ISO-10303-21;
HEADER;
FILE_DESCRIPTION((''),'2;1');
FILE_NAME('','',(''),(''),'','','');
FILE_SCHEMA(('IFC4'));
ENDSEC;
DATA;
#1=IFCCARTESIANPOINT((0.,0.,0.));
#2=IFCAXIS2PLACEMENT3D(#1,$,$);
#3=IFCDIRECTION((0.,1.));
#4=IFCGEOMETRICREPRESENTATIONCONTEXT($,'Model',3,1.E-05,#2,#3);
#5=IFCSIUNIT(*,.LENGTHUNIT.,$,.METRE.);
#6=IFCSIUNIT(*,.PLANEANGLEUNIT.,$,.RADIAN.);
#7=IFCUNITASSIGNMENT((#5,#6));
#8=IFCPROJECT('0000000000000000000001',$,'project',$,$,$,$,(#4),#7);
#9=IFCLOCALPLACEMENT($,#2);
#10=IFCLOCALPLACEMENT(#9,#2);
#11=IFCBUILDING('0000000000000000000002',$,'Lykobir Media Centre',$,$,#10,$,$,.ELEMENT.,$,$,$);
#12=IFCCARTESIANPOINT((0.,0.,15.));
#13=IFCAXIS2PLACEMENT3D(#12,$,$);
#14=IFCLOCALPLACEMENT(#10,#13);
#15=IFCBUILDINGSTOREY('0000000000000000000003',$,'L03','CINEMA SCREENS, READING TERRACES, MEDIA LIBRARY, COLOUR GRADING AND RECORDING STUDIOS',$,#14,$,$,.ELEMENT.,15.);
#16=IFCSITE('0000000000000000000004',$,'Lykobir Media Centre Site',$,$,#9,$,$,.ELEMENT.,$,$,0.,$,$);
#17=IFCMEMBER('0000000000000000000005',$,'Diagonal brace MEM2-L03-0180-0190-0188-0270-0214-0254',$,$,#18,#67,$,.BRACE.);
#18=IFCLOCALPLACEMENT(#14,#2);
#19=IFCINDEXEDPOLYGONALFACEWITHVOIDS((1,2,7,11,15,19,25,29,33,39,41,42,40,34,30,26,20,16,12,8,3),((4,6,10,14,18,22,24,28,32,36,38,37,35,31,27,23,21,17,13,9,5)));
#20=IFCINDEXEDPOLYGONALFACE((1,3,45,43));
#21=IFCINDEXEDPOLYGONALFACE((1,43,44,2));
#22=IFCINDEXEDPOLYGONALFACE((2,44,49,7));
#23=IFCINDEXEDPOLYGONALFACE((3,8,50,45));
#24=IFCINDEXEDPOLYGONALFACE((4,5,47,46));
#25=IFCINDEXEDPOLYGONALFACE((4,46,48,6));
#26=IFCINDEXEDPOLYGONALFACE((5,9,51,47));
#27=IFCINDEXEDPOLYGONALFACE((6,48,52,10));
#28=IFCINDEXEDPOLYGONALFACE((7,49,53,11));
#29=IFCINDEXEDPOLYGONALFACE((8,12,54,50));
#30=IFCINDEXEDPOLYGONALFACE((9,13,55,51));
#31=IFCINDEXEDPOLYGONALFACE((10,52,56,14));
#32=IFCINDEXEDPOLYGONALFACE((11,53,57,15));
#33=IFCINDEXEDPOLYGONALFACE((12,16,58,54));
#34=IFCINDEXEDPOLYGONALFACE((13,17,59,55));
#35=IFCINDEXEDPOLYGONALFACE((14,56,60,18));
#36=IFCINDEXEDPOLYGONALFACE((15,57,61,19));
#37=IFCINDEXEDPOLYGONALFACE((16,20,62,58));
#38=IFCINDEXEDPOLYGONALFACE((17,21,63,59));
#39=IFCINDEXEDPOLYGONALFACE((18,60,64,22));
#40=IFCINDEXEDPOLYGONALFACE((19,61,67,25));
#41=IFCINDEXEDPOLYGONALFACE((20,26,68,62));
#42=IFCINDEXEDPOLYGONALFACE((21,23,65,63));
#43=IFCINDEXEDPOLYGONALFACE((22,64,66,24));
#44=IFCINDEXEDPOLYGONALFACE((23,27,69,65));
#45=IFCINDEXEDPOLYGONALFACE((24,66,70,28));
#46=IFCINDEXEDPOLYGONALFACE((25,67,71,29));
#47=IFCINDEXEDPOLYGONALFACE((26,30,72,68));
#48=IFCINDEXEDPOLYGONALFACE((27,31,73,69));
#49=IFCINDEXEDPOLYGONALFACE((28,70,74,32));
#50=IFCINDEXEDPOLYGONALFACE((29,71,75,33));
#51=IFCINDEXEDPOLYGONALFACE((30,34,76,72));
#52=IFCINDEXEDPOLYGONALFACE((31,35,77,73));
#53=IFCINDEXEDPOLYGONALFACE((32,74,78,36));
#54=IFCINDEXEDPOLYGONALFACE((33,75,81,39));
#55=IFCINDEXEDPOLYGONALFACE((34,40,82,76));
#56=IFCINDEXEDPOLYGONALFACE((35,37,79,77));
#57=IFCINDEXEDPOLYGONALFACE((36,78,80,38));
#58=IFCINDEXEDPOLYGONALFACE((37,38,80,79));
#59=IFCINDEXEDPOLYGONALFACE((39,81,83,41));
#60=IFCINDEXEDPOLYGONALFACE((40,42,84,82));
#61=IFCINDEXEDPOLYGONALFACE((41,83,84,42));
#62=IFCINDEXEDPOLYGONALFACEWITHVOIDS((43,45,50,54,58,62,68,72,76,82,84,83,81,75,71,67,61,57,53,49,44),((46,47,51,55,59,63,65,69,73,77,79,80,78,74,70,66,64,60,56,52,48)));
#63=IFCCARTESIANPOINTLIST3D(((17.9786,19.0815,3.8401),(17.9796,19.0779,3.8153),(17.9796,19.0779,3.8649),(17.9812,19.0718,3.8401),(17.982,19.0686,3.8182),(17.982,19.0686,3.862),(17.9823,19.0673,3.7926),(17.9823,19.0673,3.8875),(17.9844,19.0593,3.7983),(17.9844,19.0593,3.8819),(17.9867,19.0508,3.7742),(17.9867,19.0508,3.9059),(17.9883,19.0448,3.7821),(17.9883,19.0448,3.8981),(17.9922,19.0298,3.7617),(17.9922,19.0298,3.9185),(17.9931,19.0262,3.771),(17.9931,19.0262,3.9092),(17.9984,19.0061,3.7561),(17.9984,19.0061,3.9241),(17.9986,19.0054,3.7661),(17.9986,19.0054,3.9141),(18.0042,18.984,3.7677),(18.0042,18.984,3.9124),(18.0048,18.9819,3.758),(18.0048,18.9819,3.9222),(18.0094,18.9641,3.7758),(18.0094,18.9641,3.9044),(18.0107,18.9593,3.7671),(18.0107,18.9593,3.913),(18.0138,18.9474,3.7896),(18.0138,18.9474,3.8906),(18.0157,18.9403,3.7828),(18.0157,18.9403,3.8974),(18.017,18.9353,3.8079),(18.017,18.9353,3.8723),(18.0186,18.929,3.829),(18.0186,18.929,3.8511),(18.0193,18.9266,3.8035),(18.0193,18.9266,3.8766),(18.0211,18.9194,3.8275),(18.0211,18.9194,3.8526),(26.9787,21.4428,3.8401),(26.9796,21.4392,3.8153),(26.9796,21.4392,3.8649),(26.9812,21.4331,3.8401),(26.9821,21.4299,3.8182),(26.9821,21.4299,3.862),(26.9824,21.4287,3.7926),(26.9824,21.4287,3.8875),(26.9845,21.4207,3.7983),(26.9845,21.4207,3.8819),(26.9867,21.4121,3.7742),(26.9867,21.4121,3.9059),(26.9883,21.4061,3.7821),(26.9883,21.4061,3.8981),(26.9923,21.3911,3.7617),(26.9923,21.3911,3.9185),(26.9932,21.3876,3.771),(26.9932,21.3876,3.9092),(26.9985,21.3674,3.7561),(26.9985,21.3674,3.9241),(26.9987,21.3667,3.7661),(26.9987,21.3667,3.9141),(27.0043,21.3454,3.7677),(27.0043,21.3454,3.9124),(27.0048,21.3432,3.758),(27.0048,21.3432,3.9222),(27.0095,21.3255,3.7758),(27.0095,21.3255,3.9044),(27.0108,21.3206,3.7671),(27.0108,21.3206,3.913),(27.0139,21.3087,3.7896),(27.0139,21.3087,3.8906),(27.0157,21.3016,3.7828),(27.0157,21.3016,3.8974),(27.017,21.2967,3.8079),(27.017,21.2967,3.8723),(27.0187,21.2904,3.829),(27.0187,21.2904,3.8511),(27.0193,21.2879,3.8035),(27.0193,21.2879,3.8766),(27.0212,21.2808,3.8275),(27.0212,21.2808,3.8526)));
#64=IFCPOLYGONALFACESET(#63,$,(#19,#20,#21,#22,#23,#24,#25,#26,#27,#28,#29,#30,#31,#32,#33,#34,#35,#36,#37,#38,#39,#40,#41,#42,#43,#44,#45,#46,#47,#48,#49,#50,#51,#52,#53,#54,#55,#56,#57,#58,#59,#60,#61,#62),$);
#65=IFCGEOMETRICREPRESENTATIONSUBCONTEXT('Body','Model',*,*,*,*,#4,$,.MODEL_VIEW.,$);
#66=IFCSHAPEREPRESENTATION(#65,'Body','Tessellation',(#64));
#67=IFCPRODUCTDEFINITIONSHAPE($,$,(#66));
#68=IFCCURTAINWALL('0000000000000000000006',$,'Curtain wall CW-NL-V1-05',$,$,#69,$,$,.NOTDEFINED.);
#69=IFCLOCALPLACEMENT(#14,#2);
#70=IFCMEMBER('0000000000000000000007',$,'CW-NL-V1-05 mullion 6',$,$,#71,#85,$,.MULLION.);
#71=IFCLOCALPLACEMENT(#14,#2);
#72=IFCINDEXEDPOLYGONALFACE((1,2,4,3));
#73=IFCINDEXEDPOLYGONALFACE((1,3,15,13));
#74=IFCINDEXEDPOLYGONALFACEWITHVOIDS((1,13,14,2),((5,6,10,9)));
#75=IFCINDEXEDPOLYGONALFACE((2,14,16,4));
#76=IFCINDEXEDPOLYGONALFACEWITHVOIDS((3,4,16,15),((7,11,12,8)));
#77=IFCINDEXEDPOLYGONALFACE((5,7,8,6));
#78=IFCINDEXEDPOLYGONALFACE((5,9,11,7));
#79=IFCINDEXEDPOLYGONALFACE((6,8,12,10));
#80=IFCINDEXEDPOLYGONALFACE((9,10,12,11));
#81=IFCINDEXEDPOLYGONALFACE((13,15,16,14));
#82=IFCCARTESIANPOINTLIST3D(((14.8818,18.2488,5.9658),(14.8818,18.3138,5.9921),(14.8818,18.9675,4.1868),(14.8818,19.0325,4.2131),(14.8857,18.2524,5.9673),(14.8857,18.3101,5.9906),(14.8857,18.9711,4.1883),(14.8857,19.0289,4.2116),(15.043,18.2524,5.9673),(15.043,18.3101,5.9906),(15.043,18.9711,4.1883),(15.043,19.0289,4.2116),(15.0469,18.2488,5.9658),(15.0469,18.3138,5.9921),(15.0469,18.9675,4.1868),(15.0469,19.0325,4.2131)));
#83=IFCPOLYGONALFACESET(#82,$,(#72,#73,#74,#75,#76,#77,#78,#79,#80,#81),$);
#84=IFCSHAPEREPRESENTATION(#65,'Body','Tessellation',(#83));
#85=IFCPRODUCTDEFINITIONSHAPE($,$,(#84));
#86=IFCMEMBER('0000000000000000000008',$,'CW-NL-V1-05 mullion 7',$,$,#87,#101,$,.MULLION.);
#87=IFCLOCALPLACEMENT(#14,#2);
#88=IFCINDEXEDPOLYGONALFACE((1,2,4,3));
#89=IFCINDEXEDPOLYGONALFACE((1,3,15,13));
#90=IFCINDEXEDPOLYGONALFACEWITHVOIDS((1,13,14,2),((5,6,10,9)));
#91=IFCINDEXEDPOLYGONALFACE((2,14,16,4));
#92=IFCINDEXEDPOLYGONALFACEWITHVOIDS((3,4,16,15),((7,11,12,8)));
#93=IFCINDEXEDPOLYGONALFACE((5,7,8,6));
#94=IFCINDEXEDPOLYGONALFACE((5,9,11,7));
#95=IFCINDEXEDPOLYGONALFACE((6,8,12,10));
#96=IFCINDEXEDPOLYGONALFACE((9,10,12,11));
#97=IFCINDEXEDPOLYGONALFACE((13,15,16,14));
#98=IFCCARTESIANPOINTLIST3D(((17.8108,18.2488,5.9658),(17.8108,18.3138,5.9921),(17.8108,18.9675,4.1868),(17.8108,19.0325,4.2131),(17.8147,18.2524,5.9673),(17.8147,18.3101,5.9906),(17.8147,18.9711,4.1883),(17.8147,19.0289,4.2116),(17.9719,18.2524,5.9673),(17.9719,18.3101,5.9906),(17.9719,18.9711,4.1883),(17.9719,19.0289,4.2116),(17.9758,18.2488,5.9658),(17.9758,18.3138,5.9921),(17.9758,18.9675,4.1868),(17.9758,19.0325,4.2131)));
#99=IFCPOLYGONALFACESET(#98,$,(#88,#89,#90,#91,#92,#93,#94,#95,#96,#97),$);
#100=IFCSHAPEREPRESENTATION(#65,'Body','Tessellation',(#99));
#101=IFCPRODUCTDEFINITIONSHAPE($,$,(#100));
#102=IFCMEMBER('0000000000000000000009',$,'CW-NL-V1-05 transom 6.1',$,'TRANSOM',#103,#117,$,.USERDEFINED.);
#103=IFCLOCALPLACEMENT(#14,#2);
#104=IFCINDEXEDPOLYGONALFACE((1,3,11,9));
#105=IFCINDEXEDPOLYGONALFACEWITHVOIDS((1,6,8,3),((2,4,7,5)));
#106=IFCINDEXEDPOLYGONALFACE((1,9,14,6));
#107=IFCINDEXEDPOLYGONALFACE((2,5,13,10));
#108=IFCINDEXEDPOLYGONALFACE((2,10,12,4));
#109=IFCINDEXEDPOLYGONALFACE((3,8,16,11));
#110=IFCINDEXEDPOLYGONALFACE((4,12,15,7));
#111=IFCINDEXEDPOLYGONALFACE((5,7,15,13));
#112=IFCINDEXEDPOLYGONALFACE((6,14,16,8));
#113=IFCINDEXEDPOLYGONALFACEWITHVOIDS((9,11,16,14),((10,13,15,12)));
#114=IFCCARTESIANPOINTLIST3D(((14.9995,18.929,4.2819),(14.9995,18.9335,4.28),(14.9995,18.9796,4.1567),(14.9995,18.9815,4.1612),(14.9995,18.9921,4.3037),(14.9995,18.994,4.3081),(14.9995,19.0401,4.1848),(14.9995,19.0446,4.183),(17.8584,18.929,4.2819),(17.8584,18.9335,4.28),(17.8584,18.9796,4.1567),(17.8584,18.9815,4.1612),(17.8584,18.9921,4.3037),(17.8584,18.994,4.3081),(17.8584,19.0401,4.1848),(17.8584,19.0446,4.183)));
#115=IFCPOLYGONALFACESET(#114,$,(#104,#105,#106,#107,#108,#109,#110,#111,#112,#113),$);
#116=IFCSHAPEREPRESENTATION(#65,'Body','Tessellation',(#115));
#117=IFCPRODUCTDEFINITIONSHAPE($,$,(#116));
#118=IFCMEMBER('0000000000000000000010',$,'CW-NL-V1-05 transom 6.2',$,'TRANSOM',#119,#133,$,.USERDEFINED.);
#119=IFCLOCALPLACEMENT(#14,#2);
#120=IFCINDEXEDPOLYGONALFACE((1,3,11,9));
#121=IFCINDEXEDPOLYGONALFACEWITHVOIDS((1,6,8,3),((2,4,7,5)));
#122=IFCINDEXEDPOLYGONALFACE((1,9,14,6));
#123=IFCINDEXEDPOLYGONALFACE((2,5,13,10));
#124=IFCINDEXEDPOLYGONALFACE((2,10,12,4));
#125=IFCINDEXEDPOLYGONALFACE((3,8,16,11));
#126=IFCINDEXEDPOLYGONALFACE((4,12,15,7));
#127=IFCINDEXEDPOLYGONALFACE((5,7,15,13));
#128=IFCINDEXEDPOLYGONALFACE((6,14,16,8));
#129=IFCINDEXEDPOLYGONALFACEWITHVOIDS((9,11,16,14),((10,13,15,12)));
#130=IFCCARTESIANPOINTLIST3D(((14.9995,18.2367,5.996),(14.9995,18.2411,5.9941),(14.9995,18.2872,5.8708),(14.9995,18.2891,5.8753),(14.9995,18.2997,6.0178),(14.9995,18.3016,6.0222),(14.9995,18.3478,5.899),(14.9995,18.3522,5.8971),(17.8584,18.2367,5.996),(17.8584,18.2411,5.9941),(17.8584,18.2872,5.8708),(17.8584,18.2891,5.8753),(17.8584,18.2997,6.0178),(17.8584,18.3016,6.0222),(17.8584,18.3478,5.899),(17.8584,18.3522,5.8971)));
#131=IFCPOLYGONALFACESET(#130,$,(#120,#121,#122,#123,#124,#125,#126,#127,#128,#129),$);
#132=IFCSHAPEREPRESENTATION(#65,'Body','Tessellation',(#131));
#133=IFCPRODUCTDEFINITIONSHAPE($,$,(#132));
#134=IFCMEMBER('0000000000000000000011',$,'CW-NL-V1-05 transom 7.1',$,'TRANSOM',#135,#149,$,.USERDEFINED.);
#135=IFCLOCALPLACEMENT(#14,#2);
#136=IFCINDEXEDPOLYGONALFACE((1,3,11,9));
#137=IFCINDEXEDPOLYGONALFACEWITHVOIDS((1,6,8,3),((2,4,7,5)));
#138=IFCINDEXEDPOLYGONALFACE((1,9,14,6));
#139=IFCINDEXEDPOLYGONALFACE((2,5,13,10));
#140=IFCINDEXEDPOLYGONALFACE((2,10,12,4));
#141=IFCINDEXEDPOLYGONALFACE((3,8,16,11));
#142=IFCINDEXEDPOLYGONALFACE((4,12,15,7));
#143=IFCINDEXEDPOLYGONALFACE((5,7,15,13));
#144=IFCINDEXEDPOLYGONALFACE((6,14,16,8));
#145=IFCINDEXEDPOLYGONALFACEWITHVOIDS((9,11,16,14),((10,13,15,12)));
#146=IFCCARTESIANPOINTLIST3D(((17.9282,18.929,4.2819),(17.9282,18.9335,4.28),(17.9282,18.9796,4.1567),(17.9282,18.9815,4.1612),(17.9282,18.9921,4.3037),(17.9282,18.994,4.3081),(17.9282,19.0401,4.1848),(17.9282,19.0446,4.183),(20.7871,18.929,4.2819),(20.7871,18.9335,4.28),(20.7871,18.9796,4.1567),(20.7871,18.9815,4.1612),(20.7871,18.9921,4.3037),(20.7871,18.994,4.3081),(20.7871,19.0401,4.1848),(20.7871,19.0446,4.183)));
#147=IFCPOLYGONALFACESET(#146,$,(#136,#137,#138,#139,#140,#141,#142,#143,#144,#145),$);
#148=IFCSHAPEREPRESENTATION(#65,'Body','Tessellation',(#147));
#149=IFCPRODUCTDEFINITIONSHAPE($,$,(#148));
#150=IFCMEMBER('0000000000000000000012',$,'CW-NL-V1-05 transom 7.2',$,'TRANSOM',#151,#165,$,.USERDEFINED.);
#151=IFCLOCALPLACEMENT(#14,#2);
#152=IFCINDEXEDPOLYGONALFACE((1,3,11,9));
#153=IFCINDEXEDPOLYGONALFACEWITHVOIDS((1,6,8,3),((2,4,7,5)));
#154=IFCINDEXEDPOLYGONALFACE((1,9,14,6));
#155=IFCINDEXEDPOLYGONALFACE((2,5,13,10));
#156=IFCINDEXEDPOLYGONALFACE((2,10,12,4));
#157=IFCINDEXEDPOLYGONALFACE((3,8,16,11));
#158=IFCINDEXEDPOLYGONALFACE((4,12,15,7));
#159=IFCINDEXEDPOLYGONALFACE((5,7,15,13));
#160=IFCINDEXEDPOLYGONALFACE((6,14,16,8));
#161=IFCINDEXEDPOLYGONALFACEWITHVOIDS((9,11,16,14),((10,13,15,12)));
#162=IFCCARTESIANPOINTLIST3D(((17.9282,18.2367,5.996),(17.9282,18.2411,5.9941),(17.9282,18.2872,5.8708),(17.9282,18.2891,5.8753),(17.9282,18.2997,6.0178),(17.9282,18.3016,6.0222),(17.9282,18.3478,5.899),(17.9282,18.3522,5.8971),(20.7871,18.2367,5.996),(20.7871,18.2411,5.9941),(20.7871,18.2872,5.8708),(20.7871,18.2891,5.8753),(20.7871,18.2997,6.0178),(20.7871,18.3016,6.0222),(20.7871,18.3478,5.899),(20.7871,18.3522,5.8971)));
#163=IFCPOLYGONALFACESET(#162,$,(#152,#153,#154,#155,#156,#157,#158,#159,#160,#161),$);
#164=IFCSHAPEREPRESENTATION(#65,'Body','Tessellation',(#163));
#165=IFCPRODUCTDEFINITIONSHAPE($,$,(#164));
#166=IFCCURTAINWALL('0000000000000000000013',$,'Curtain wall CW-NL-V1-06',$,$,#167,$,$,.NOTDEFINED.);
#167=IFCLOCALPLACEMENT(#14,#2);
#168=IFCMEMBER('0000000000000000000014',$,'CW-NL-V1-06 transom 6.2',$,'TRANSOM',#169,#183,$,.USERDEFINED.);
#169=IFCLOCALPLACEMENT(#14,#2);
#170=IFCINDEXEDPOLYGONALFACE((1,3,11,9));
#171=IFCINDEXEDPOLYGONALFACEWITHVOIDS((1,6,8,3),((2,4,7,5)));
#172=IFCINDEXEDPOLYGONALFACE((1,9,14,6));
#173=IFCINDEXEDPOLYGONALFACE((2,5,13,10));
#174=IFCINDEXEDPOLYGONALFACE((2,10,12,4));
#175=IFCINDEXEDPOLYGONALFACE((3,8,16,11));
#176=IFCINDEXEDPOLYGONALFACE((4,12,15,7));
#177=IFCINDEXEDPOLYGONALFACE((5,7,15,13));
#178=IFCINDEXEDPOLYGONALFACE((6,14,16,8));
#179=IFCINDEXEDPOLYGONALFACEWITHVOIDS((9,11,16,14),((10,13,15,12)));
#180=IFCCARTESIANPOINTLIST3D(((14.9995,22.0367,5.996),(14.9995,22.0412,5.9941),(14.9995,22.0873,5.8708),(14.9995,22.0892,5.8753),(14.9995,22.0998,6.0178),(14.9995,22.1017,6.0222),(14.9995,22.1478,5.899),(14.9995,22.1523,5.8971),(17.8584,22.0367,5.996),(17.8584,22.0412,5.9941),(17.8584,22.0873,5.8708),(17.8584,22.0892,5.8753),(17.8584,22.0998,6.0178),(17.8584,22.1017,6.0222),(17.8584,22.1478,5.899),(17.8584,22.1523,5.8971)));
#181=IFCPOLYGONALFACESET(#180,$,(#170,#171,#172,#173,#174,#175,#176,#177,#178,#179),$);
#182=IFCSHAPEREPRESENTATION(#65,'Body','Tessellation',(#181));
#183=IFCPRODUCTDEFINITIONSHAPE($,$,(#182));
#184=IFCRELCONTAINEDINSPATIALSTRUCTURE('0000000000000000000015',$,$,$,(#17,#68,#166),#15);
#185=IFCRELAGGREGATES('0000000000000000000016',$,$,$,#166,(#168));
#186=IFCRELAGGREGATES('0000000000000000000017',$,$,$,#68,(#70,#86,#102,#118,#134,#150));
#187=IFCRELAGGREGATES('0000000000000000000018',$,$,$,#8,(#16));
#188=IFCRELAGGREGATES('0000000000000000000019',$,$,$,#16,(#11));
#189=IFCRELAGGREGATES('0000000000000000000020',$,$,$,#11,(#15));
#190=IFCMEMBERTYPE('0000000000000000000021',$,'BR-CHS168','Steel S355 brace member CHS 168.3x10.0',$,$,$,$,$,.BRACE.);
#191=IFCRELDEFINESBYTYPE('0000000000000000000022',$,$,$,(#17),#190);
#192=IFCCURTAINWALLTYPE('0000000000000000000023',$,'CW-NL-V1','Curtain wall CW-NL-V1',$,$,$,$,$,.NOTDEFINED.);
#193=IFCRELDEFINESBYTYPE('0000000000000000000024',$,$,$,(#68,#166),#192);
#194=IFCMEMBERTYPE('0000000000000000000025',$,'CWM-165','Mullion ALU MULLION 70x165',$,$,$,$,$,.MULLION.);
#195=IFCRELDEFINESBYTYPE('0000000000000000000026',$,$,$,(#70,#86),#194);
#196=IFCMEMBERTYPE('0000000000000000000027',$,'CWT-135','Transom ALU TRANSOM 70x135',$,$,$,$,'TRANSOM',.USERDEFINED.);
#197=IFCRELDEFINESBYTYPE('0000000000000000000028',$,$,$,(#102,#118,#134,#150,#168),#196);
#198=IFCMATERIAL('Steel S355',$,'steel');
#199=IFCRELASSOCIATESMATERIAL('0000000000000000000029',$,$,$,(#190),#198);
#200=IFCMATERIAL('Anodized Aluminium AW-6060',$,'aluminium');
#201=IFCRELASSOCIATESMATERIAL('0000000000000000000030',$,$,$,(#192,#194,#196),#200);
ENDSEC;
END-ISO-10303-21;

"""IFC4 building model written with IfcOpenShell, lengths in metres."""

from ifc_helpers import new_model, si_unit, direction, frame, origin, origin_2d, place, context, subcontext, project, spatial, hollow_rectangle, hollow_circle, extrude, material, material_profile, profile_set, type_object, element, aggregate, save


model = new_model("IFC4")

# Units and contexts
model_context = context("Model", 3, precision=1e-05, world=origin(), true_north=direction((0.0, 1.0)))
body_context = subcontext(model_context, "Body", "Model", "MODEL_VIEW")
ifc_project = project(units=[si_unit("LENGTHUNIT", "METRE"), si_unit("PLANEANGLEUNIT", "RADIAN")], contexts=[model_context])

# Site, building, storey
site_placement = place(None, origin())
site = spatial("IfcSite", under=ifc_project, at=site_placement, Name="Lykobir Media Centre Site", CompositionType="ELEMENT", RefElevation=0.0)
building_placement = place(site_placement, origin())
building = spatial("IfcBuilding", under=site, at=building_placement, Name="Lykobir Media Centre", CompositionType="ELEMENT")
storey_placement = place(building_placement, frame((0.0, 0.0, 15.0)))
storey = spatial("IfcBuildingStorey", under=building, at=storey_placement, Name="L03", Description="CINEMA SCREENS, READING TERRACES, MEDIA LIBRARY, COLOUR GRADING AND RECORDING STUDIOS", CompositionType="ELEMENT", Elevation=15.0)

# Member
ifc_material_1 = material(Name="Steel S355", Category="steel")
ifc_material_profile_1 = material_profile(ifc_material_1, hollow_circle(Radius=0.0842, WallThickness=0.01, at=origin_2d()), Name="CHS 168.3x10.0")
ifc_profile_set_1 = profile_set([ifc_material_profile_1], Name="Steel S355")
member_type_1 = type_object("IfcMemberType", Name="BR-CHS168", Description="Steel S355 brace member CHS 168.3x10.0", PredefinedType="BRACE", material=ifc_profile_set_1)
for number, where, z_axis, x_axis, name in (
    (1, (18.0, 19.0, 3.8401), (0.967262, 0.25378, 0.0), (-0.25378, 0.967262, 0.0), "Diagonal brace MEM2-L03-0180-0190-0188-0270-0214-0254"),
):
    element("IfcMember", number, at=place(storey_placement, frame(where, z_axis=z_axis, x_axis=x_axis)), inside=storey, type_object=member_type_1, Name=name, PredefinedType="BRACE", context=body_context, shape_type="SweptSolid", body=[
        extrude(hollow_circle(Radius=0.0842, WallThickness=0.01, at=origin_2d()), origin(), (0.0, 0.0, 1.0), 9.3047),
    ])

# Curtain walls, members
ifc_material_2 = material(Name="Anodized Aluminium AW-6060", Category="aluminium")
curtain_wall_type = type_object("IfcCurtainWallType", Name="CW-NL-V1", Description="Curtain wall CW-NL-V1", PredefinedType="NOTDEFINED", material=ifc_material_2)
curtain_wall_1_placement = place(storey_placement, origin())
curtain_wall_1 = element("IfcCurtainWall", 2, at=curtain_wall_1_placement, inside=storey, type_object=curtain_wall_type, Name="Curtain wall CW-NL-V1-05", PredefinedType="NOTDEFINED")
ifc_material_profile_2 = material_profile(ifc_material_2, hollow_rectangle(XDim=0.0701, YDim=0.165, WallThickness=0.0039, at=origin_2d()), Name="ALU MULLION 70x165")
ifc_profile_set_2 = profile_set([ifc_material_profile_2], Name="Anodized Aluminium AW-6060")
member_type_2 = type_object("IfcMemberType", Name="CWM-165", Description="Mullion ALU MULLION 70x165", PredefinedType="MULLION", material=ifc_profile_set_2)
member_1_placement = place(storey_placement, frame((14.9644, 19.0, 4.2), z_axis=(0.0, -0.374591, 0.92719), x_axis=(0.0, 0.92719, 0.374591)))
member_1 = element("IfcMember", 3, at=member_1_placement, type_object=member_type_2, Name="CW-NL-V1-05 mullion 6", PredefinedType="MULLION", context=body_context, shape_type="SweptSolid", body=[
    extrude(hollow_rectangle(XDim=0.0701, YDim=0.165, WallThickness=0.0039, at=origin_2d()), origin(), (0.0, 0.0, 1.0), 1.9187),
])
member_2_placement = place(storey_placement, frame((17.8933, 19.0, 4.2), z_axis=(0.0, -0.374591, 0.92719), x_axis=(0.0, 0.92719, 0.374591)))
member_2 = element("IfcMember", 4, at=member_2_placement, type_object=member_type_2, Name="CW-NL-V1-05 mullion 7", PredefinedType="MULLION", context=body_context, shape_type="SweptSolid", body=[
    extrude(hollow_rectangle(XDim=0.0701, YDim=0.165, WallThickness=0.0039, at=origin_2d()), origin(), (0.0, 0.0, 1.0), 1.9187),
])
ifc_material_profile_3 = material_profile(ifc_material_2, hollow_rectangle(XDim=0.0701, YDim=0.135, WallThickness=0.0034, at=origin_2d()), Name="ALU TRANSOM 70x135")
ifc_profile_set_3 = profile_set([ifc_material_profile_3], Name="Anodized Aluminium AW-6060")
member_type_3 = type_object("IfcMemberType", Name="CWT-135", Description="Transom ALU TRANSOM 70x135", ElementType="TRANSOM", PredefinedType="USERDEFINED", material=ifc_profile_set_3)
member_3_placement = place(storey_placement, frame((14.9995, 18.9868, 4.2324), z_axis=(1.0, 0.0, 0.0), x_axis=(0.0, 0.927184, 0.374607)))
member_3 = element("IfcMember", 5, at=member_3_placement, type_object=member_type_3, Name="CW-NL-V1-05 transom 6.1", ObjectType="TRANSOM", PredefinedType="USERDEFINED", context=body_context, shape_type="SweptSolid", body=[
    extrude(hollow_rectangle(XDim=0.0701, YDim=0.135, WallThickness=0.0034, at=origin_2d()), origin(), (0.0, 0.0, 1.0), 2.8589),
])
member_4_placement = place(storey_placement, frame((14.9995, 18.2944, 5.9465), z_axis=(1.0, 0.0, 0.0), x_axis=(0.0, 0.927184, 0.374607)))
member_4 = element("IfcMember", 6, at=member_4_placement, type_object=member_type_3, Name="CW-NL-V1-05 transom 6.2", ObjectType="TRANSOM", PredefinedType="USERDEFINED", context=body_context, shape_type="SweptSolid", body=[
    extrude(hollow_rectangle(XDim=0.0701, YDim=0.135, WallThickness=0.0034, at=origin_2d()), origin(), (0.0, 0.0, 1.0), 2.8589),
])
member_5_placement = place(storey_placement, frame((17.9282, 18.9868, 4.2324), z_axis=(1.0, 0.0, 0.0), x_axis=(0.0, 0.927184, 0.374607)))
member_5 = element("IfcMember", 7, at=member_5_placement, type_object=member_type_3, Name="CW-NL-V1-05 transom 7.1", ObjectType="TRANSOM", PredefinedType="USERDEFINED", context=body_context, shape_type="SweptSolid", body=[
    extrude(hollow_rectangle(XDim=0.0701, YDim=0.135, WallThickness=0.0034, at=origin_2d()), origin(), (0.0, 0.0, 1.0), 2.8589),
])
member_6_placement = place(storey_placement, frame((17.9282, 18.2944, 5.9465), z_axis=(1.0, 0.0, 0.0), x_axis=(0.0, 0.927184, 0.374607)))
member_6 = element("IfcMember", 8, at=member_6_placement, type_object=member_type_3, Name="CW-NL-V1-05 transom 7.2", ObjectType="TRANSOM", PredefinedType="USERDEFINED", context=body_context, shape_type="SweptSolid", body=[
    extrude(hollow_rectangle(XDim=0.0701, YDim=0.135, WallThickness=0.0034, at=origin_2d()), origin(), (0.0, 0.0, 1.0), 2.8589),
])
curtain_wall_2_placement = place(storey_placement, origin())
curtain_wall_2 = element("IfcCurtainWall", 9, at=curtain_wall_2_placement, inside=storey, type_object=curtain_wall_type, Name="Curtain wall CW-NL-V1-06", PredefinedType="NOTDEFINED")
member_7_placement = place(storey_placement, frame((14.9995, 22.0945, 5.9465), z_axis=(1.0, 0.0, 0.0), x_axis=(0.0, 0.927184, 0.374607)))
member_7 = element("IfcMember", 10, at=member_7_placement, type_object=member_type_3, Name="CW-NL-V1-06 transom 6.2", ObjectType="TRANSOM", PredefinedType="USERDEFINED", context=body_context, shape_type="SweptSolid", body=[
    extrude(hollow_rectangle(XDim=0.0701, YDim=0.135, WallThickness=0.0034, at=origin_2d()), origin(), (0.0, 0.0, 1.0), 2.8589),
])
aggregate(curtain_wall_2, [member_7])

aggregate(curtain_wall_1, [member_1, member_2, member_3, member_4, member_5, member_6])

save(model, "model.ifc")
